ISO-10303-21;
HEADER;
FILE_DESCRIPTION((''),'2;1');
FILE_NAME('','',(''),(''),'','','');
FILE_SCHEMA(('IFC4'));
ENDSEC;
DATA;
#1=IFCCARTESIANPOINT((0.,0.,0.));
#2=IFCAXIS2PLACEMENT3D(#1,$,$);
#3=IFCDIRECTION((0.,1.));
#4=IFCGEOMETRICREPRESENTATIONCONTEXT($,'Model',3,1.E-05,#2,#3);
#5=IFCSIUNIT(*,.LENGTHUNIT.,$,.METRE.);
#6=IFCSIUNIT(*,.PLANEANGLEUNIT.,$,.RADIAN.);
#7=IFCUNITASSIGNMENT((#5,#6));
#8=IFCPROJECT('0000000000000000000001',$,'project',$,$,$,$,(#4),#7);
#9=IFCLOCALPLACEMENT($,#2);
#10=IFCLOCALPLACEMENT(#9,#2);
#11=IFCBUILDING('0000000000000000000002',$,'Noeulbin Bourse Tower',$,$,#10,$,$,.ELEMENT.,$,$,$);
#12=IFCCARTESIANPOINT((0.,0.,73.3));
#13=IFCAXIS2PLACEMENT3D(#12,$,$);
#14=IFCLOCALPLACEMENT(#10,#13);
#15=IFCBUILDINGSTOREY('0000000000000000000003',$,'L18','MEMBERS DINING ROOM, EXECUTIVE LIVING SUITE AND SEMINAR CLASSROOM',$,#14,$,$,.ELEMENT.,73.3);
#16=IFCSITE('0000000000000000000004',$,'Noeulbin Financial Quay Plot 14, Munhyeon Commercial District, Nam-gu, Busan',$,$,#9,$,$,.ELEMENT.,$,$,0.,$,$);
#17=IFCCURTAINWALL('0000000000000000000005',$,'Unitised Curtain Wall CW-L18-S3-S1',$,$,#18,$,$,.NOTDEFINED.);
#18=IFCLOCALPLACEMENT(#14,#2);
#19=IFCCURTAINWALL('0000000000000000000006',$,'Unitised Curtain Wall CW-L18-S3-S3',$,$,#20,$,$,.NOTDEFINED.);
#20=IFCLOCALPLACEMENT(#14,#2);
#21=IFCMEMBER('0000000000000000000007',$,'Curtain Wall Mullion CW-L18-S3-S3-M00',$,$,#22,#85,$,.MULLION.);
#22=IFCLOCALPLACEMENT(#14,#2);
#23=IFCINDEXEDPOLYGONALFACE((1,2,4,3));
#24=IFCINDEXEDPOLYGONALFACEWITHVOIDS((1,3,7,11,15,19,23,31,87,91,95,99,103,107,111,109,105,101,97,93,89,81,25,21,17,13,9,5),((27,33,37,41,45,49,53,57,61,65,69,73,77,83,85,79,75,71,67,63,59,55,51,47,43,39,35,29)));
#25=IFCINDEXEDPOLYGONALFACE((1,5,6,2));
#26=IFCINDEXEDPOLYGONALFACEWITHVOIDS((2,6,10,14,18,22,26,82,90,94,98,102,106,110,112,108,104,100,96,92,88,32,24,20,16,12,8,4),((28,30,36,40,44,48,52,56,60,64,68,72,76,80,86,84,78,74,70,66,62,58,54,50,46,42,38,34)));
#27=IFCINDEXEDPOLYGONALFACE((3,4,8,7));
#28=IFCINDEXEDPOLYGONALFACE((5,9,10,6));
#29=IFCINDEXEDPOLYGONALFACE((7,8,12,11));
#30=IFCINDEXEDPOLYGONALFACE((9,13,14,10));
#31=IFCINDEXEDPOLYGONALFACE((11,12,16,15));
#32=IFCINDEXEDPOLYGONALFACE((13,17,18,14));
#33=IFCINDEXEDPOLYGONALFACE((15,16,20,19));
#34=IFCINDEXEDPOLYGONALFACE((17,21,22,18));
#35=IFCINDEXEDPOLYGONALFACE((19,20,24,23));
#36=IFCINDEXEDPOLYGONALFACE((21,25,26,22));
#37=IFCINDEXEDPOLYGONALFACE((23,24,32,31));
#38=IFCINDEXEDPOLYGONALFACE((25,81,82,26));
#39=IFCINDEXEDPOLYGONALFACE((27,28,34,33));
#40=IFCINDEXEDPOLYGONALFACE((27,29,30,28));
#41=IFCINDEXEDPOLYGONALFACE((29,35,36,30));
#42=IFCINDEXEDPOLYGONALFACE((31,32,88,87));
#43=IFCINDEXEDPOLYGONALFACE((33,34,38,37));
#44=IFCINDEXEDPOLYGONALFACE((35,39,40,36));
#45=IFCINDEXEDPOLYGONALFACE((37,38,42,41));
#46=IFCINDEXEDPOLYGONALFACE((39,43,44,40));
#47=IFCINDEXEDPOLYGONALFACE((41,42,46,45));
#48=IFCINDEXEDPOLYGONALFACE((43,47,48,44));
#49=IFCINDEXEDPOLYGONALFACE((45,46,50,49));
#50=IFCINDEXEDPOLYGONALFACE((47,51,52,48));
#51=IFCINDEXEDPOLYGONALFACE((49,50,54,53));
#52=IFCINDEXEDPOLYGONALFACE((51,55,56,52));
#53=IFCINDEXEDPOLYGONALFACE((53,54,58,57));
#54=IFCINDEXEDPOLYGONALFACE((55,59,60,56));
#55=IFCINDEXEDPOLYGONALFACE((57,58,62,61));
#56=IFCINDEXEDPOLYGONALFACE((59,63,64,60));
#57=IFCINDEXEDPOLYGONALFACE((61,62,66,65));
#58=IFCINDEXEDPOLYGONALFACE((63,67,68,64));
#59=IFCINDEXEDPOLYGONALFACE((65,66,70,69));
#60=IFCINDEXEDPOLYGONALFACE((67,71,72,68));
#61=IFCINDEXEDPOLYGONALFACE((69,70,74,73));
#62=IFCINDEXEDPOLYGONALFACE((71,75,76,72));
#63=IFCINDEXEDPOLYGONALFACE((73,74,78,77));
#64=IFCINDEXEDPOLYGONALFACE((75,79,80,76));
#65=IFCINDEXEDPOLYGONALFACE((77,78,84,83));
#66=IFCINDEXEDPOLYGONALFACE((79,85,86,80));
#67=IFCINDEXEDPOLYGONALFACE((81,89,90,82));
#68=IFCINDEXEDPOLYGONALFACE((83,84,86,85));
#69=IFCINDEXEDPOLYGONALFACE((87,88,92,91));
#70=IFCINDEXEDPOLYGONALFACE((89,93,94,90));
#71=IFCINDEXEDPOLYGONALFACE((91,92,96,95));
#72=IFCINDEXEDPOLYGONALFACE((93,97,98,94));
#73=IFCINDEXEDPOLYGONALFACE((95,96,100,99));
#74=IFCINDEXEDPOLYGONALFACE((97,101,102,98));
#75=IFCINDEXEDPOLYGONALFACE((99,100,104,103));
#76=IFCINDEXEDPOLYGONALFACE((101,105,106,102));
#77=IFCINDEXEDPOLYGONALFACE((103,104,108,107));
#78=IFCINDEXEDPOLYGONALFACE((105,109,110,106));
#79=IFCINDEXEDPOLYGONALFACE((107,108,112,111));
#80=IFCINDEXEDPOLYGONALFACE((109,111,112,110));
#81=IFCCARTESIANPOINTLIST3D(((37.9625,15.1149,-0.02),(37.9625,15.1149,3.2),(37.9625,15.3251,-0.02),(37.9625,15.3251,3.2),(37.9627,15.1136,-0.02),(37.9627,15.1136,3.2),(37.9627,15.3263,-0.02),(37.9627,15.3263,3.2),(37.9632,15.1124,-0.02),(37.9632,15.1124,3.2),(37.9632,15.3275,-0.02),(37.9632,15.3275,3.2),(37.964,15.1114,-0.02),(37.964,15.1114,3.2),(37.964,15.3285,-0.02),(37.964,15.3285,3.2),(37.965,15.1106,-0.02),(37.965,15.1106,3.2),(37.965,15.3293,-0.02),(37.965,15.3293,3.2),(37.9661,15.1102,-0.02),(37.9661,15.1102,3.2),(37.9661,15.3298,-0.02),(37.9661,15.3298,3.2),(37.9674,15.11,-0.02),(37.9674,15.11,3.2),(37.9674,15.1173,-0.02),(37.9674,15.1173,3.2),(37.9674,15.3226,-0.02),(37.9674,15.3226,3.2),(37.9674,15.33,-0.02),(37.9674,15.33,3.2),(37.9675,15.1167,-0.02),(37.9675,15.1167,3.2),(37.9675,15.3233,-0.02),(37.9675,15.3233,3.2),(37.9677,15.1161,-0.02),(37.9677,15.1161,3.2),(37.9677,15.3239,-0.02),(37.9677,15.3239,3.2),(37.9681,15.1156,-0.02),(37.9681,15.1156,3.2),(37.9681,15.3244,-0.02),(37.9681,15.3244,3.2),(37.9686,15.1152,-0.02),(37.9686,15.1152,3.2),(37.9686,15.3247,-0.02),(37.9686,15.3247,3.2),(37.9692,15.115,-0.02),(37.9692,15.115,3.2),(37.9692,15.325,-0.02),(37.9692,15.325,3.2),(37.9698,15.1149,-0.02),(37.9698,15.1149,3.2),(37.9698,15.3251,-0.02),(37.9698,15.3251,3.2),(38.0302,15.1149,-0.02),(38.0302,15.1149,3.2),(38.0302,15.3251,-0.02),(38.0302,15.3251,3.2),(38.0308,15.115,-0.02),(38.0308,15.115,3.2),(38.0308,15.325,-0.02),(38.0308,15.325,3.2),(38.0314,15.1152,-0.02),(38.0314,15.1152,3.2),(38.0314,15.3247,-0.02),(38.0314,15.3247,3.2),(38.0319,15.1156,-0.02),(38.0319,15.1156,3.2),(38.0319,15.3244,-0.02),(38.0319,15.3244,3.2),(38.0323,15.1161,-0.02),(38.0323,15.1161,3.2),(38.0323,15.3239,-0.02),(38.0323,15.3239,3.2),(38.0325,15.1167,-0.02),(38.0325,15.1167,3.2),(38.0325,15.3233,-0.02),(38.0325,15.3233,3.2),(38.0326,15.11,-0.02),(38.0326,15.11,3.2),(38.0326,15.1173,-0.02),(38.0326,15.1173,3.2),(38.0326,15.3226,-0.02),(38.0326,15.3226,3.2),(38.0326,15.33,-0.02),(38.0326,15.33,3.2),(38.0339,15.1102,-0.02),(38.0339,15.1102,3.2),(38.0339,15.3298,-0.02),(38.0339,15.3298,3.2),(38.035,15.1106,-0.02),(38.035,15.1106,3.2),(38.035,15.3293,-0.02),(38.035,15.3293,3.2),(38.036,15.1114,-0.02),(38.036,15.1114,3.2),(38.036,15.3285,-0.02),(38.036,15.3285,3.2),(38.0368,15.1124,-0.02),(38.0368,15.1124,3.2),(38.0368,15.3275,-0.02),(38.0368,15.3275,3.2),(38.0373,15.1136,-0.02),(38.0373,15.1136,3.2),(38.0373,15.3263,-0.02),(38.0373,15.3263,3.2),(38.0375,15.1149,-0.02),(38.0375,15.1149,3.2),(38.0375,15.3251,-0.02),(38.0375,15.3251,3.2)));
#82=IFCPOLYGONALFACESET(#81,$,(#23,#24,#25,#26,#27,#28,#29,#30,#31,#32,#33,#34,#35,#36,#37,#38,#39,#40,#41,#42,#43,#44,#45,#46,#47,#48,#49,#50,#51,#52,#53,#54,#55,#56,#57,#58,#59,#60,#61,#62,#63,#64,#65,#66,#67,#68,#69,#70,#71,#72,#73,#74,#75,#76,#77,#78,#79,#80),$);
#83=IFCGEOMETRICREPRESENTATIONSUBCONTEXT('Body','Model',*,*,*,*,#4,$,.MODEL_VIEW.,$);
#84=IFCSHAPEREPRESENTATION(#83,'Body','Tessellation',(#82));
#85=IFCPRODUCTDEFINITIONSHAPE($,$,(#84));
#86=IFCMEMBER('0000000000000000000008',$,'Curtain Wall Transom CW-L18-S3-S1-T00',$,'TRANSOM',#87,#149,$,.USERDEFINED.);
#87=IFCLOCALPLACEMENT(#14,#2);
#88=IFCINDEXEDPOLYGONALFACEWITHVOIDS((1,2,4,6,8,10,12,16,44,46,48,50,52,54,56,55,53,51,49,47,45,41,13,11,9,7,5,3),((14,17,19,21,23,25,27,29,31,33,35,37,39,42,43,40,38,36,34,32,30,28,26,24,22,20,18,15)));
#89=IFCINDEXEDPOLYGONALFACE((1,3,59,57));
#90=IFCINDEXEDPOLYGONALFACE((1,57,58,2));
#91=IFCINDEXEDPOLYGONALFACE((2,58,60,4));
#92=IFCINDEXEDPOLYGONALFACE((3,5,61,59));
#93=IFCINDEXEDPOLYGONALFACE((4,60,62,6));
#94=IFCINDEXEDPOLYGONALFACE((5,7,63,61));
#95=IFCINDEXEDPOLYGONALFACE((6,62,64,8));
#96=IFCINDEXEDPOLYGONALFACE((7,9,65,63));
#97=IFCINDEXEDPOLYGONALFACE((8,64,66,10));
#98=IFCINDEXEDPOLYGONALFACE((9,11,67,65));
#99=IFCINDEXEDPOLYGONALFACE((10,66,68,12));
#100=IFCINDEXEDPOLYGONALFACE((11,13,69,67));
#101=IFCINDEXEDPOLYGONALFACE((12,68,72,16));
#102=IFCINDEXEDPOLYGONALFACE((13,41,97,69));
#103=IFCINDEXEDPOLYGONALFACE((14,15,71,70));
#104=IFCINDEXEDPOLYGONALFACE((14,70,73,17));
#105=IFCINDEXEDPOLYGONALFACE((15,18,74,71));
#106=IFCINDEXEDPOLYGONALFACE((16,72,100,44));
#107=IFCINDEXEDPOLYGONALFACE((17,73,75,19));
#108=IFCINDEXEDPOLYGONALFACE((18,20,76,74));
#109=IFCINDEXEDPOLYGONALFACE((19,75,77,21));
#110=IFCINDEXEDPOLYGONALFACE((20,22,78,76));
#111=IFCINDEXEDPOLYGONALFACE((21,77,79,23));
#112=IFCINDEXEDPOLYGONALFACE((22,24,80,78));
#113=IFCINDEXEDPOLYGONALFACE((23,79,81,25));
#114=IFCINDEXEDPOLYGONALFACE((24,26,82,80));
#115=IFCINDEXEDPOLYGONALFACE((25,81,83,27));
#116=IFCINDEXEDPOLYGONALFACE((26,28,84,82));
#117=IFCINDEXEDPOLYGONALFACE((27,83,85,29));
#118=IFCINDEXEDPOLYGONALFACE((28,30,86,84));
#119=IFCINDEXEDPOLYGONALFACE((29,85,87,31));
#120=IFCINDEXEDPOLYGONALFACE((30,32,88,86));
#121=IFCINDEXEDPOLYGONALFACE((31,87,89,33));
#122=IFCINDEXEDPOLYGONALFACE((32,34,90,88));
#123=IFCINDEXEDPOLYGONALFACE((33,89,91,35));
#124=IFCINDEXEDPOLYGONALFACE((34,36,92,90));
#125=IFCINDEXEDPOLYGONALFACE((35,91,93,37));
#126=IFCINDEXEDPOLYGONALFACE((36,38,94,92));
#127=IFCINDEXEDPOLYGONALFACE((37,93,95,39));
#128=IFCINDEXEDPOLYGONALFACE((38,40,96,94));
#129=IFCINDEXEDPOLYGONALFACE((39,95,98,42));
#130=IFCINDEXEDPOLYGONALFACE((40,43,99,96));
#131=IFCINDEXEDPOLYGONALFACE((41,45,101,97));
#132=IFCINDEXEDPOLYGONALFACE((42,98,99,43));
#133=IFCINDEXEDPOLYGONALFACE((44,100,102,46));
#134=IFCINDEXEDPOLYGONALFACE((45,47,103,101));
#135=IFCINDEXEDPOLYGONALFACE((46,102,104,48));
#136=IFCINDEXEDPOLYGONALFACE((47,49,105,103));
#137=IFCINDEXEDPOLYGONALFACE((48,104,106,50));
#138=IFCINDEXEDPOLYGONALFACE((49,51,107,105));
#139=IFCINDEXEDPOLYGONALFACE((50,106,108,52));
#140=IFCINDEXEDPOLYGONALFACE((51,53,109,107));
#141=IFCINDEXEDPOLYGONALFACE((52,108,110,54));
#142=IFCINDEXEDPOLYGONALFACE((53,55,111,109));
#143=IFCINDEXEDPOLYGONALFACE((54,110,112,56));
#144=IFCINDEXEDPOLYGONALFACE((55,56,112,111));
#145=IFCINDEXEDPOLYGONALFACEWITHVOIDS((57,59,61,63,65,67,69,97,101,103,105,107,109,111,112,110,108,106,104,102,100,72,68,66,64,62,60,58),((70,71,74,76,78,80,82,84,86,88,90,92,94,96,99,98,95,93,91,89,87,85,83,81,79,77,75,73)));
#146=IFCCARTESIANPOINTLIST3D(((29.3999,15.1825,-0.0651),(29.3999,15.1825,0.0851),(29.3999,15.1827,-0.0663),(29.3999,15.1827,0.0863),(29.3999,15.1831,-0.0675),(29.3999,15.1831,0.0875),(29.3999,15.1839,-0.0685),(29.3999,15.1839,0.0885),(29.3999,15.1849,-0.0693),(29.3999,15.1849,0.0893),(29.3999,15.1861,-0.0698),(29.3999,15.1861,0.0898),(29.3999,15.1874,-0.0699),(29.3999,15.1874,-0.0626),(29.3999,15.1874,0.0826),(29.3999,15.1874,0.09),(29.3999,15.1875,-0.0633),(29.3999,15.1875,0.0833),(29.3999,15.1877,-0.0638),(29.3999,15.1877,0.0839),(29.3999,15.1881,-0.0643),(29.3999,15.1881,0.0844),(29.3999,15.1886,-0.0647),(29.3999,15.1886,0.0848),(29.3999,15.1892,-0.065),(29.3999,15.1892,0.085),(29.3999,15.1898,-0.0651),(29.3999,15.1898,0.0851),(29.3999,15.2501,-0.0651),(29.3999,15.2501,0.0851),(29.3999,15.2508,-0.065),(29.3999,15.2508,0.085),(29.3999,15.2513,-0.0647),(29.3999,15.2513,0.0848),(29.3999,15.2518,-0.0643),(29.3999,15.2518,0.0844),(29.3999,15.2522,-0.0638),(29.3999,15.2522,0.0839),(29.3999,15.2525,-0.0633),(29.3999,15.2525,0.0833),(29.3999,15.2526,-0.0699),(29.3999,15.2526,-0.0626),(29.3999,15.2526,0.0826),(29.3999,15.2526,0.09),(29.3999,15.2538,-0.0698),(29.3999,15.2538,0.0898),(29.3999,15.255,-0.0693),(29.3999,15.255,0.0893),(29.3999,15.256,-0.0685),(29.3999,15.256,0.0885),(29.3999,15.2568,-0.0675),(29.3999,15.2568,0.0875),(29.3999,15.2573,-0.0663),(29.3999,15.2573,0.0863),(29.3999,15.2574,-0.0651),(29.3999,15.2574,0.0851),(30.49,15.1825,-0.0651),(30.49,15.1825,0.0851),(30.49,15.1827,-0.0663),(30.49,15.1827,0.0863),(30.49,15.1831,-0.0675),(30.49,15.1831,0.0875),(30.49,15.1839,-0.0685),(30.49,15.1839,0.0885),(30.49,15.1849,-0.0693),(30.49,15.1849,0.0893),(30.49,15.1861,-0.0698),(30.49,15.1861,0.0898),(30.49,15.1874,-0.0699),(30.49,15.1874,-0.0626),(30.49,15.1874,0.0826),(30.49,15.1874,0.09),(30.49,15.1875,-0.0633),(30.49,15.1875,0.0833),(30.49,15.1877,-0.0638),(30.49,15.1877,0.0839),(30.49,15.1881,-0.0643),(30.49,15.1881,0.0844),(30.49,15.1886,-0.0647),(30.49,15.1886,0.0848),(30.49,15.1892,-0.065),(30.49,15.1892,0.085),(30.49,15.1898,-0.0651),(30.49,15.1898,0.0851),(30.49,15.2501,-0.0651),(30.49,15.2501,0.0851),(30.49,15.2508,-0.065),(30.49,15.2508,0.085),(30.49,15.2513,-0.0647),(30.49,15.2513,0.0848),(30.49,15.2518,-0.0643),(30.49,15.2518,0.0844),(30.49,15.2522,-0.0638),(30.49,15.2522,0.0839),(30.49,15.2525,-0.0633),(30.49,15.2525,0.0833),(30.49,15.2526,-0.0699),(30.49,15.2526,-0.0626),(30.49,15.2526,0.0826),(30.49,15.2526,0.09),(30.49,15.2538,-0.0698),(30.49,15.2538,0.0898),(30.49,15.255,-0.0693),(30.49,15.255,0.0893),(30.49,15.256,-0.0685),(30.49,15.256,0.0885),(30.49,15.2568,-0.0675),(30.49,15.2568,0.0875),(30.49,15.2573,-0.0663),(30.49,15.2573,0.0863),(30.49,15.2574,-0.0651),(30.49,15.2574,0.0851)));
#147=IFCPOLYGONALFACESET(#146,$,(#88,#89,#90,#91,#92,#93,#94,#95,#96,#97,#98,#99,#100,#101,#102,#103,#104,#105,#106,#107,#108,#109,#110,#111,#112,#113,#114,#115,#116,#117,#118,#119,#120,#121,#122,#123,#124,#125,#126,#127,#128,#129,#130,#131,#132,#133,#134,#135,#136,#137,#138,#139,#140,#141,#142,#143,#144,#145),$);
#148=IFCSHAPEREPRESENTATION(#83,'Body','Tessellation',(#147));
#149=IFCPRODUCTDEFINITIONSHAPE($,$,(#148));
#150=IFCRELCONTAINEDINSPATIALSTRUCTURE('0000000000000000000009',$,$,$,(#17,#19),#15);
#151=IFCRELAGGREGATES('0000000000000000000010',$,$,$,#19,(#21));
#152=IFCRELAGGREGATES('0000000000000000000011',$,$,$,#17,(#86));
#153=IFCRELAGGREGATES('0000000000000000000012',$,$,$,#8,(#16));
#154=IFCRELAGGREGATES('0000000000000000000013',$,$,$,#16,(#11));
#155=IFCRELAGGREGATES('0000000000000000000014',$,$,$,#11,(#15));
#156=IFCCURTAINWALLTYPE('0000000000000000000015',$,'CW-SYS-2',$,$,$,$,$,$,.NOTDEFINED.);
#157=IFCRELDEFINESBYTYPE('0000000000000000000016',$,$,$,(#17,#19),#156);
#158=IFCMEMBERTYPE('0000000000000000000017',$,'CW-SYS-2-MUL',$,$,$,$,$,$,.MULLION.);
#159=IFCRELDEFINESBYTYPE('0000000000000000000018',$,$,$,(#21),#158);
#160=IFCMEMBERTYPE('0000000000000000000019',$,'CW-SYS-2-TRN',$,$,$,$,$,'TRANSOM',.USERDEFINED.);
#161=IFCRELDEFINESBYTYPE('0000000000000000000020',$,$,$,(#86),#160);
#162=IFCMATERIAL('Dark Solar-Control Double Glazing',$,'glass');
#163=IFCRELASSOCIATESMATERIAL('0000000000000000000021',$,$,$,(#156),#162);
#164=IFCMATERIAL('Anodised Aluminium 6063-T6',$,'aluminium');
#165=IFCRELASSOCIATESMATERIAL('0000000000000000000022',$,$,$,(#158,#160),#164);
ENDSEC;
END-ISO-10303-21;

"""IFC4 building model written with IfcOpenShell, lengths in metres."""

from ifc_helpers import new_model, si_unit, direction, frame, origin, origin_2d, place, context, subcontext, project, spatial, hollow_rectangle, extrude, material, material_profile, profile_set, type_object, element, aggregate, save


model = new_model("IFC4")

# Units and contexts
model_context = context("Model", 3, precision=1e-05, world=origin(), true_north=direction((0.0, 1.0)))
body_context = subcontext(model_context, "Body", "Model", "MODEL_VIEW")
ifc_project = project(units=[si_unit("LENGTHUNIT", "METRE"), si_unit("PLANEANGLEUNIT", "RADIAN")], contexts=[model_context])

# Site, building, storey
site_placement = place(None, origin())
site = spatial("IfcSite", under=ifc_project, at=site_placement, Name="Noeulbin Financial Quay Plot 14, Munhyeon Commercial District, Nam-gu, Busan", CompositionType="ELEMENT", RefElevation=0.0)
building_placement = place(site_placement, origin())
building = spatial("IfcBuilding", under=site, at=building_placement, Name="Noeulbin Bourse Tower", CompositionType="ELEMENT")
storey_placement = place(building_placement, frame((0.0, 0.0, 73.3)))
storey = spatial("IfcBuildingStorey", under=building, at=storey_placement, Name="L18", Description="MEMBERS DINING ROOM, EXECUTIVE LIVING SUITE AND SEMINAR CLASSROOM", CompositionType="ELEMENT", Elevation=73.3)

# Curtain wall
ifc_material_1 = material(Name="Dark Solar-Control Double Glazing", Category="glass")
curtain_wall_type = type_object("IfcCurtainWallType", Name="CW-SYS-2", PredefinedType="NOTDEFINED", material=ifc_material_1)
curtain_wall_1_placement = place(storey_placement, origin())
curtain_wall_1 = element("IfcCurtainWall", 1, at=curtain_wall_1_placement, inside=storey, type_object=curtain_wall_type, Name="Unitised Curtain Wall CW-L18-S3-S1", PredefinedType="NOTDEFINED")
ifc_material_2 = material(Name="Anodised Aluminium 6063-T6", Category="aluminium")
ifc_material_profile_1 = material_profile(ifc_material_2, hollow_rectangle(XDim=0.075, YDim=0.22, WallThickness=0.0049, InnerFilletRadius=0.0024, OuterFilletRadius=0.0049, at=origin_2d()), Name="ALU-MULL-75x220x5", Category="LoadBearing")
ifc_profile_set_1 = profile_set([ifc_material_profile_1], Name="Anodised Aluminium 6063-T6")
member_type_1 = type_object("IfcMemberType", Name="CW-SYS-2-MUL", PredefinedType="MULLION", material=ifc_profile_set_1)

# Curtain wall, member
curtain_wall_2_placement = place(storey_placement, origin())
curtain_wall_2 = element("IfcCurtainWall", 2, at=curtain_wall_2_placement, inside=storey, type_object=curtain_wall_type, Name="Unitised Curtain Wall CW-L18-S3-S3", PredefinedType="NOTDEFINED")
member_1_placement = place(storey_placement, frame((38.0, 15.22, -0.02), z_axis=(0.0, 0.0, 1.0), x_axis=(1.0, 0.0, 0.0)))
member_1 = element("IfcMember", 3, at=member_1_placement, type_object=member_type_1, Name="Curtain Wall Mullion CW-L18-S3-S3-M00", PredefinedType="MULLION", context=body_context, shape_type="SweptSolid", body=[
    extrude(hollow_rectangle(XDim=0.075, YDim=0.22, WallThickness=0.0049, InnerFilletRadius=0.0024, OuterFilletRadius=0.0049, at=origin_2d()), origin(), (0.0, 0.0, 1.0), 3.22),
])
aggregate(curtain_wall_2, [member_1])

# Member
ifc_material_profile_2 = material_profile(ifc_material_2, hollow_rectangle(XDim=0.075, YDim=0.1599, WallThickness=0.0049, InnerFilletRadius=0.0024, OuterFilletRadius=0.0049, at=origin_2d()), Name="ALU-TRAN-75x160x5", Category="LoadBearing")
ifc_profile_set_2 = profile_set([ifc_material_profile_2], Name="Anodised Aluminium 6063-T6")
member_type_2 = type_object("IfcMemberType", Name="CW-SYS-2-TRN", ElementType="TRANSOM", PredefinedType="USERDEFINED", material=ifc_profile_set_2)
member_2_placement = place(storey_placement, frame((29.3999, 15.22, 0.01), z_axis=(1.0, 0.0, 0.0), x_axis=(0.0, 1.0, 0.0)))
member_2 = element("IfcMember", 4, at=member_2_placement, type_object=member_type_2, Name="Curtain Wall Transom CW-L18-S3-S1-T00", ObjectType="TRANSOM", PredefinedType="USERDEFINED", context=body_context, shape_type="SweptSolid", body=[
    extrude(hollow_rectangle(XDim=0.075, YDim=0.1599, WallThickness=0.0049, InnerFilletRadius=0.0024, OuterFilletRadius=0.0049, at=origin_2d()), origin(), (0.0, 0.0, 1.0), 1.0901),
])

aggregate(curtain_wall_1, [member_2])

save(model, "model.ifc")
